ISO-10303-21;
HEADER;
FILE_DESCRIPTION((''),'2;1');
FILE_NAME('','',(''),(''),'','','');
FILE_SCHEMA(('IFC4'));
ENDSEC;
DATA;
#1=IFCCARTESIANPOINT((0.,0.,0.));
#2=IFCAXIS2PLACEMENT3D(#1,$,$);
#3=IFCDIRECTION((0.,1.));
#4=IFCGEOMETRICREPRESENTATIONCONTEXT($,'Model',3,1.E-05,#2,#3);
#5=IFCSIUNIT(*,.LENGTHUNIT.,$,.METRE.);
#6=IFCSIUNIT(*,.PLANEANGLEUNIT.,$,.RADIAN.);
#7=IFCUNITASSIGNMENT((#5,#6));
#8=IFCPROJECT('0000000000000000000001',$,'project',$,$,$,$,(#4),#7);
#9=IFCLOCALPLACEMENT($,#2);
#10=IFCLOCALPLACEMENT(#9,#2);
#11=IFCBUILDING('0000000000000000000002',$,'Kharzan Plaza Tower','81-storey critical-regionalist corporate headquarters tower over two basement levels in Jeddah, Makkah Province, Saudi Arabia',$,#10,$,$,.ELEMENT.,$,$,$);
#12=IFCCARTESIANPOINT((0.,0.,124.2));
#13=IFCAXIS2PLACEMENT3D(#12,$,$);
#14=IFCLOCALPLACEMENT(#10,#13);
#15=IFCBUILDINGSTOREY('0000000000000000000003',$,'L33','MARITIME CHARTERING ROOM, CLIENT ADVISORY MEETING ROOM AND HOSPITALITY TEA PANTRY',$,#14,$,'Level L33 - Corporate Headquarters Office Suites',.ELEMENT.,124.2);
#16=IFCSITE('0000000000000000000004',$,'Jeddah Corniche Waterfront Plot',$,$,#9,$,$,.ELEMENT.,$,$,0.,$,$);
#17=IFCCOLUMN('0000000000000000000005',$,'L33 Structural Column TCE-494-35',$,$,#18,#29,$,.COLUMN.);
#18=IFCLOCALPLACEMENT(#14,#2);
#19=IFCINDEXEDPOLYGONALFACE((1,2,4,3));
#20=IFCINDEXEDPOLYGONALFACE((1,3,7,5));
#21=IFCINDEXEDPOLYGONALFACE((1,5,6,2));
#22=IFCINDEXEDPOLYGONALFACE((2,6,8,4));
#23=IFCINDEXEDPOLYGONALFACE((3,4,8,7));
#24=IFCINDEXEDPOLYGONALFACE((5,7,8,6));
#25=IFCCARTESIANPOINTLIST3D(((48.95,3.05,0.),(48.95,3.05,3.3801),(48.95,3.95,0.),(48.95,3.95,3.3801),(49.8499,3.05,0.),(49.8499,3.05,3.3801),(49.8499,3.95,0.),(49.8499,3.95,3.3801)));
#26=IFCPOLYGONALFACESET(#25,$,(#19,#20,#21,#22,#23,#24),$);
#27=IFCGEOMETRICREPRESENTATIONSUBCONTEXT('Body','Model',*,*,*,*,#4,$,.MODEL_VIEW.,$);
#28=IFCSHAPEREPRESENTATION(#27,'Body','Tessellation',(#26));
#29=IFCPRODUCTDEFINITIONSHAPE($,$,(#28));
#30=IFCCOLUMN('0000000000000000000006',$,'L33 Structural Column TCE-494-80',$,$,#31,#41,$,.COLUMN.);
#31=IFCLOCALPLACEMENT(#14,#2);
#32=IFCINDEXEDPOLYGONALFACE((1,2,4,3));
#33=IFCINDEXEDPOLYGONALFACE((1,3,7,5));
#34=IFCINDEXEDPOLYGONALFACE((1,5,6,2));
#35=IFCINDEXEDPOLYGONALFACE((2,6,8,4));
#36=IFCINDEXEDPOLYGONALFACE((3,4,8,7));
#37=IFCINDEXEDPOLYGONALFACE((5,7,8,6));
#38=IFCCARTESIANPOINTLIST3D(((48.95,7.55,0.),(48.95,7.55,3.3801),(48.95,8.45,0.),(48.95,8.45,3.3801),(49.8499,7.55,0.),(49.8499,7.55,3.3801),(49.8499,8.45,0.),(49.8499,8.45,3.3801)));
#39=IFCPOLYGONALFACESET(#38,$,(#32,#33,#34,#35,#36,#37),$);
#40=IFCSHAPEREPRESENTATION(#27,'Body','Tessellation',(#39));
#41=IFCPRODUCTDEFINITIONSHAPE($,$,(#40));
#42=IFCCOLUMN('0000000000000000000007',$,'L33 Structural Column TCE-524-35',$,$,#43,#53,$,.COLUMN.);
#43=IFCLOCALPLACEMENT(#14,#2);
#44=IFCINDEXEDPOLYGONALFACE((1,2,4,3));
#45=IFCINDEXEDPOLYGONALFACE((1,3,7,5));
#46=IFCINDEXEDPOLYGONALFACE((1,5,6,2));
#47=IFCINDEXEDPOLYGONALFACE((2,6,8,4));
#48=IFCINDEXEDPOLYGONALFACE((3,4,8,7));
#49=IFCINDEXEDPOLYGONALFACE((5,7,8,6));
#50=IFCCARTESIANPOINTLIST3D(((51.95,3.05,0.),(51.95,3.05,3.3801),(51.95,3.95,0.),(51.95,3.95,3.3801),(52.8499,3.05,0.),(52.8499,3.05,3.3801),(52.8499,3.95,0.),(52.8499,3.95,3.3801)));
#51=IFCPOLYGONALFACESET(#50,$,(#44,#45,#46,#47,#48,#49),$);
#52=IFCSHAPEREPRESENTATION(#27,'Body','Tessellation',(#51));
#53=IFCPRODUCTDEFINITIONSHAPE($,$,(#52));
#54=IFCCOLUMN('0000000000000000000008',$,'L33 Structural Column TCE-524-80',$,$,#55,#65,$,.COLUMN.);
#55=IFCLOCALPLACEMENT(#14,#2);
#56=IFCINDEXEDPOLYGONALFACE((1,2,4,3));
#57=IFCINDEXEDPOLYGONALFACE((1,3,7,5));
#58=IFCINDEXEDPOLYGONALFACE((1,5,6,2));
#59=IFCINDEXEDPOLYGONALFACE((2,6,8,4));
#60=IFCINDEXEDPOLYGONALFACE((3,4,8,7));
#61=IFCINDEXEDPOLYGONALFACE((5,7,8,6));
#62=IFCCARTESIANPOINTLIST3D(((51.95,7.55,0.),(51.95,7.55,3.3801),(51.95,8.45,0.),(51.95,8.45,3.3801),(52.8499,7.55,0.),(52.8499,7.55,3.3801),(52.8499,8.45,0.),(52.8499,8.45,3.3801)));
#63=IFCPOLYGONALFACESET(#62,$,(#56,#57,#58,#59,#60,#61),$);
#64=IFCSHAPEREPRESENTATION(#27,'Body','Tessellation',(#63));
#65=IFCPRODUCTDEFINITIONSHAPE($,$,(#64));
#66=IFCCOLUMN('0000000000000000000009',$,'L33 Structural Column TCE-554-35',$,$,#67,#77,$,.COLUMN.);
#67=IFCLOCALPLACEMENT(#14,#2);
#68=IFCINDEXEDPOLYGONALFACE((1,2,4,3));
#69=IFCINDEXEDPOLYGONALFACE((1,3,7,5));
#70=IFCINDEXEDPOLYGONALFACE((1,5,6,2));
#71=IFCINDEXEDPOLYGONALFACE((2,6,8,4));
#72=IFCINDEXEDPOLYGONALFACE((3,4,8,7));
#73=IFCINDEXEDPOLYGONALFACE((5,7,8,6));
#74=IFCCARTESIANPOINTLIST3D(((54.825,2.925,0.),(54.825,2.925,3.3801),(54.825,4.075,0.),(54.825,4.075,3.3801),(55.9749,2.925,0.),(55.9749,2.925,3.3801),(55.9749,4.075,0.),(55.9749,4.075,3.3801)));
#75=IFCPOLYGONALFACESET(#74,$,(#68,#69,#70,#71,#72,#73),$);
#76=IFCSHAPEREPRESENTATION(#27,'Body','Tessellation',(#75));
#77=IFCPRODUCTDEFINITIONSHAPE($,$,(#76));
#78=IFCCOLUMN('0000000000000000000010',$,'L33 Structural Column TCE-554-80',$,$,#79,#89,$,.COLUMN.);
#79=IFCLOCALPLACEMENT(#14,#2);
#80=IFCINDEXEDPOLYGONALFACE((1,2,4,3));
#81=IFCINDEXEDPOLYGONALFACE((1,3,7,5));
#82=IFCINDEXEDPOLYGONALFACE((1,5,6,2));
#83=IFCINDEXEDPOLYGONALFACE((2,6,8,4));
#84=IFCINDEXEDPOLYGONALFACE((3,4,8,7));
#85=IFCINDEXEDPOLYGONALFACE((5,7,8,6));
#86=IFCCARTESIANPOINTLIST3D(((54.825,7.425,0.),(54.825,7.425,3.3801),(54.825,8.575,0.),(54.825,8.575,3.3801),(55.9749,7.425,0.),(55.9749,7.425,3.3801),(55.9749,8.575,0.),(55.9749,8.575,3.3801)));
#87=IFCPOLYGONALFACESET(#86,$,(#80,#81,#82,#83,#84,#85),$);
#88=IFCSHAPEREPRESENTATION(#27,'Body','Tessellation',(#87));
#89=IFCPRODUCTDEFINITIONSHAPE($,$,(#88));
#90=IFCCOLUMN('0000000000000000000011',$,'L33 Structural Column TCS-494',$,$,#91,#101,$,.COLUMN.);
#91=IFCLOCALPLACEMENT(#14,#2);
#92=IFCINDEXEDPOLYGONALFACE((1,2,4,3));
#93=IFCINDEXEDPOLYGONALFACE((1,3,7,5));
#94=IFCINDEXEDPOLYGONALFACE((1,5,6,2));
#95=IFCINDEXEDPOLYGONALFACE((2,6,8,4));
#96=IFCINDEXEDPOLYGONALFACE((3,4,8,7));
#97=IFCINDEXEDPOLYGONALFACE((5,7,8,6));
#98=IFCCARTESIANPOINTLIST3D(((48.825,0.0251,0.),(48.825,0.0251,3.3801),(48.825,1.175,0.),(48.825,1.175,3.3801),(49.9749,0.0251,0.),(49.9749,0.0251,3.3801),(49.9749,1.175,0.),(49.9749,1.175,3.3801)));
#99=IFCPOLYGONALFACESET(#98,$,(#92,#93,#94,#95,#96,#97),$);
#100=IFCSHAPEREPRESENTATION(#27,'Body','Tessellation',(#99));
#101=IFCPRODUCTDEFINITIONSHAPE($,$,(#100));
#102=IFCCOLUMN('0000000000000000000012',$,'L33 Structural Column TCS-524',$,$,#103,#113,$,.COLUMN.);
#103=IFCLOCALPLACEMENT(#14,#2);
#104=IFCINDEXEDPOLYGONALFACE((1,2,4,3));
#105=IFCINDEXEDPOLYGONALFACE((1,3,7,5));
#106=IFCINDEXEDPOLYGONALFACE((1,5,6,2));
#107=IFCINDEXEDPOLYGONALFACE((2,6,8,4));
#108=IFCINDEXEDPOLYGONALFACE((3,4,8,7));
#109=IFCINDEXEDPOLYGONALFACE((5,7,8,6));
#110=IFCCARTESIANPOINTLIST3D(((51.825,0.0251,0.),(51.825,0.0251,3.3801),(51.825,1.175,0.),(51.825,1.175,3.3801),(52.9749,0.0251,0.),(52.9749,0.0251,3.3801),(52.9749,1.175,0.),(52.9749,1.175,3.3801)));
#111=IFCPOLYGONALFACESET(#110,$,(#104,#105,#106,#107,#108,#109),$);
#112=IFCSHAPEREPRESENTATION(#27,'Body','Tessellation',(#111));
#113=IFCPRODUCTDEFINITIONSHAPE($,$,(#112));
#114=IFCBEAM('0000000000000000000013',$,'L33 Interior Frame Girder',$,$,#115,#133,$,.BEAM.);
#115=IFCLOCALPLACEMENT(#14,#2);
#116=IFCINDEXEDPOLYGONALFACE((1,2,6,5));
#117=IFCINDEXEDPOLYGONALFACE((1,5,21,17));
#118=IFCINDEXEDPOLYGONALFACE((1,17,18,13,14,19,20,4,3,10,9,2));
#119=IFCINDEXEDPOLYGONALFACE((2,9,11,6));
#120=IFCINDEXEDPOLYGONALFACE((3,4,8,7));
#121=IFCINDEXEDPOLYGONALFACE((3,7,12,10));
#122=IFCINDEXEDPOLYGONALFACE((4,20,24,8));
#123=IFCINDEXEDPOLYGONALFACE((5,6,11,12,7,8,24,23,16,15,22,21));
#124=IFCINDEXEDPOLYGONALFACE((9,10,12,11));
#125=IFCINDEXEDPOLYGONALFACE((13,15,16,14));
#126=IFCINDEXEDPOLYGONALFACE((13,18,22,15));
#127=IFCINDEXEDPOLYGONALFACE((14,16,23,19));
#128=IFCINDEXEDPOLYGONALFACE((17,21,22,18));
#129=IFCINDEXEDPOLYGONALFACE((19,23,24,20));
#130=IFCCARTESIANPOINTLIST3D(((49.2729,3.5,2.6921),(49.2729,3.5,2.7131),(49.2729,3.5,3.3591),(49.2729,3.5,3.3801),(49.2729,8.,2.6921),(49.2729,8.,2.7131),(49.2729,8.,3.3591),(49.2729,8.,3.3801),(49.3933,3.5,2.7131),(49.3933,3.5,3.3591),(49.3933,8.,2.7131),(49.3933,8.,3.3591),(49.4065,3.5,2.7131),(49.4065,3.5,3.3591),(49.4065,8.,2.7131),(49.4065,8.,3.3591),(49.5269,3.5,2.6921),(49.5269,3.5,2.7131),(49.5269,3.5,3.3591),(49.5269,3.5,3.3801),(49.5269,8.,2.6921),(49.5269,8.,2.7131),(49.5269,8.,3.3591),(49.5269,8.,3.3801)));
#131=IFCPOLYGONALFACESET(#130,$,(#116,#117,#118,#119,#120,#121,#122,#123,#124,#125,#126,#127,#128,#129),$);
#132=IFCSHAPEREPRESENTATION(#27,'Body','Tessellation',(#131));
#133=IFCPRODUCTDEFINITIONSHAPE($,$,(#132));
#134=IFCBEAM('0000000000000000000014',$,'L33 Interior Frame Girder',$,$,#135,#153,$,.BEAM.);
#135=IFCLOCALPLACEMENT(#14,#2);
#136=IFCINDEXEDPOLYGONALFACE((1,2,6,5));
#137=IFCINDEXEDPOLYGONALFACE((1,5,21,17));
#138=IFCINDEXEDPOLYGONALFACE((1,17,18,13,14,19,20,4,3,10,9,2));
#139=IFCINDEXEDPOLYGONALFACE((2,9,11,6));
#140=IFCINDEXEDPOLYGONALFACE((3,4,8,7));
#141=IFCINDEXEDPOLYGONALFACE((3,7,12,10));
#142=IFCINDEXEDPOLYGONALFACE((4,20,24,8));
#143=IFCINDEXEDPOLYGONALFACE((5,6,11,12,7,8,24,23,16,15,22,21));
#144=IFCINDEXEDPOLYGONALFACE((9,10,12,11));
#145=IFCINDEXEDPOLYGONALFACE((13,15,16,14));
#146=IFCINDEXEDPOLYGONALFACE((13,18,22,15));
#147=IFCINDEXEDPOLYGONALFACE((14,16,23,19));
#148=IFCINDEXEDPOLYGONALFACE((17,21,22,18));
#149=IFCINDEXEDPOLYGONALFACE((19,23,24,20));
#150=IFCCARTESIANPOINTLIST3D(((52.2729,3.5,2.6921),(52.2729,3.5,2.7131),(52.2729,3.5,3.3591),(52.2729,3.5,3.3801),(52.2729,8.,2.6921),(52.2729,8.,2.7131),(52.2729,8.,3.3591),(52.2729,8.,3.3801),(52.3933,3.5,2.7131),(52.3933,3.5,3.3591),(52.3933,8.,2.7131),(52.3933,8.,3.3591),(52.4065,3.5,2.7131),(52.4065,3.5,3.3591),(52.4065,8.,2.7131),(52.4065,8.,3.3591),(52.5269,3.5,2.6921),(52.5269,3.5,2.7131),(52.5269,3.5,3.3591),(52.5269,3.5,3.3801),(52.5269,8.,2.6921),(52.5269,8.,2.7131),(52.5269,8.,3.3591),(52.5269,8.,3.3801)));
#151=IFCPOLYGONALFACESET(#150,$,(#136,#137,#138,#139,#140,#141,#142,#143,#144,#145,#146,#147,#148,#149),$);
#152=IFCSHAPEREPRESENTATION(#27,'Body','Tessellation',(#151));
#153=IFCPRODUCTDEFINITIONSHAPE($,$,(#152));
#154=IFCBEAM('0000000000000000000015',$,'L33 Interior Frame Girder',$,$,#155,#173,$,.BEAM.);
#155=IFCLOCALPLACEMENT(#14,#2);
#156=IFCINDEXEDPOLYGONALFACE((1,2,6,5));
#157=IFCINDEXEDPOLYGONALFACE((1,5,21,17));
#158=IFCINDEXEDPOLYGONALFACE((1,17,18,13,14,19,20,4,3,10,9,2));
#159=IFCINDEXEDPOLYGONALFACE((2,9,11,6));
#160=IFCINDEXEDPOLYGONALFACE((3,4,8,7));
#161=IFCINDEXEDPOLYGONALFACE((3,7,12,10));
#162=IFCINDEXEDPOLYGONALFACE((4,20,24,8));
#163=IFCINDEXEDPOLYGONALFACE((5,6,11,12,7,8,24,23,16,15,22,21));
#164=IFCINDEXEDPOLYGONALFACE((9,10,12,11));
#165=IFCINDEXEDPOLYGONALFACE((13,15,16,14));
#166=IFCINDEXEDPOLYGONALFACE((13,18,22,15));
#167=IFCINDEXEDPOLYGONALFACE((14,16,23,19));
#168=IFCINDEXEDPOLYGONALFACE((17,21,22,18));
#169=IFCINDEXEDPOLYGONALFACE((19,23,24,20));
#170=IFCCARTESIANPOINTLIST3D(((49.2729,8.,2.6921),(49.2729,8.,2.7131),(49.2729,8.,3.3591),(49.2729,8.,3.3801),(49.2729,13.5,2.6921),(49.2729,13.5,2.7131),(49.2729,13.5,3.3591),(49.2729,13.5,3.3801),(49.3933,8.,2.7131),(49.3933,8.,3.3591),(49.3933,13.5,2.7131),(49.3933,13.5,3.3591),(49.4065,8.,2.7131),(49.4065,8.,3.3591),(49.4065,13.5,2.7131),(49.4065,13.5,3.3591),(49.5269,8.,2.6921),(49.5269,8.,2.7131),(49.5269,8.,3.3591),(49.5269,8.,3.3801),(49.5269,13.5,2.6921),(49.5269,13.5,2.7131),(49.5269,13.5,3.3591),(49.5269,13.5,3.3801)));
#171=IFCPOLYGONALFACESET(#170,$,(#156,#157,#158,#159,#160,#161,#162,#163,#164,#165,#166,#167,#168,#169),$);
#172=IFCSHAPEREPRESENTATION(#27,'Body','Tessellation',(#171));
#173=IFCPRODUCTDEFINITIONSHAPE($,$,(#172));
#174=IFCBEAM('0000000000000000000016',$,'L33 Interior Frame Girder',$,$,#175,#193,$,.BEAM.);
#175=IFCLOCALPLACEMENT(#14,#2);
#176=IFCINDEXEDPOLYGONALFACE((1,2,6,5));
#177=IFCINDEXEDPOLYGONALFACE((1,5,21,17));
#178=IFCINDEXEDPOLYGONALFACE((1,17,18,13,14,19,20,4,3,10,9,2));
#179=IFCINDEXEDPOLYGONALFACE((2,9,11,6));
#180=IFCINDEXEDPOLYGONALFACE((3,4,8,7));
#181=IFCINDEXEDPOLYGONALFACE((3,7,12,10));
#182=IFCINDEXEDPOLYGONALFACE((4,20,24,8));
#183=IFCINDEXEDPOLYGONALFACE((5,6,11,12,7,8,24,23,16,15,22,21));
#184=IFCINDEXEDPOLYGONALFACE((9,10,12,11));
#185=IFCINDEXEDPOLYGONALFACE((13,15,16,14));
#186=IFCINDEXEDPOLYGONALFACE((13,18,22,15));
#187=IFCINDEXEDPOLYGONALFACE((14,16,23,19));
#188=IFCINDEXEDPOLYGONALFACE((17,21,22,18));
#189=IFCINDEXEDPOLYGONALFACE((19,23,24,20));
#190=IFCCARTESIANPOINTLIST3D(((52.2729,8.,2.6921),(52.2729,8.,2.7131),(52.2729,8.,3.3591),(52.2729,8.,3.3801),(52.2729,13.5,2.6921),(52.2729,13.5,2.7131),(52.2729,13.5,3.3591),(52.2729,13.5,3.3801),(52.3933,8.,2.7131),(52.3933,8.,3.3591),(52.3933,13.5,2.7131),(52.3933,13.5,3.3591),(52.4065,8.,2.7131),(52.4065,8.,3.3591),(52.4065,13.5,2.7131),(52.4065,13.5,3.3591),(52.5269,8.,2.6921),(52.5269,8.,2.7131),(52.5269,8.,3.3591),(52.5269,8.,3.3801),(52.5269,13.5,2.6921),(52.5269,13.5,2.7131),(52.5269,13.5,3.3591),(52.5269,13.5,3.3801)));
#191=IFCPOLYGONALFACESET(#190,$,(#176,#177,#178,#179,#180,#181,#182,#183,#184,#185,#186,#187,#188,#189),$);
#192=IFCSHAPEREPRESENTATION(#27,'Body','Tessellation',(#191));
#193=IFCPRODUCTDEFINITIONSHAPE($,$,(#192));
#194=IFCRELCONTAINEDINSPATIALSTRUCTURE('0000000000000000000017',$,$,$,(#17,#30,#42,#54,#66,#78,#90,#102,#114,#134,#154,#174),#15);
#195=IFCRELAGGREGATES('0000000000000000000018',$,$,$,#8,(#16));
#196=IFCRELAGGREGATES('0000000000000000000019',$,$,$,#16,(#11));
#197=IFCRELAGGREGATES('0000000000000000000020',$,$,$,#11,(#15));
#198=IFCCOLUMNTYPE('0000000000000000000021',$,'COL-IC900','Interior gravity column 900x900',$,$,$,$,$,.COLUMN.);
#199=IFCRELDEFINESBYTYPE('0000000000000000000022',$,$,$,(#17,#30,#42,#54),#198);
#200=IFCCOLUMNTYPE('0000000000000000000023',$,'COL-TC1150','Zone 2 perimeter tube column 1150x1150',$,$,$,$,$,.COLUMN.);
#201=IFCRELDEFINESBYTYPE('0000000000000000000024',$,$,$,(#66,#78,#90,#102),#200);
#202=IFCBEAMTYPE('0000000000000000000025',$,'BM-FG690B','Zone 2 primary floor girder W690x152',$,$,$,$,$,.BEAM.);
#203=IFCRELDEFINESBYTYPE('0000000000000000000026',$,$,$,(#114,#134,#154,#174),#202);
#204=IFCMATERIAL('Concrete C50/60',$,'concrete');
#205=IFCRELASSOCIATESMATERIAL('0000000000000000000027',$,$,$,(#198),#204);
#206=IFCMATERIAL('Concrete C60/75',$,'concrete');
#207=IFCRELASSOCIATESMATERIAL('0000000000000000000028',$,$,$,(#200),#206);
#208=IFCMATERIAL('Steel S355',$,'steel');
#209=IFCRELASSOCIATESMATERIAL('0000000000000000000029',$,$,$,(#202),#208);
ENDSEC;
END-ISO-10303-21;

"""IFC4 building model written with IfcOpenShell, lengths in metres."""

from ifc_helpers import new_model, si_unit, direction, frame, origin, origin_2d, place, context, subcontext, project, spatial, rectangle, i_section, extrude, source, transform, mapped, material, material_profile, profile_set, type_object, element, save


model = new_model("IFC4")

# Units and contexts
model_context = context("Model", 3, precision=1e-05, world=origin(), true_north=direction((0.0, 1.0)))
body_context = subcontext(model_context, "Body", "Model", "MODEL_VIEW")
ifc_project = project(units=[si_unit("LENGTHUNIT", "METRE"), si_unit("PLANEANGLEUNIT", "RADIAN")], contexts=[model_context])

# Site, building, storey
site_placement = place(None, origin())
site = spatial("IfcSite", under=ifc_project, at=site_placement, Name="Jeddah Corniche Waterfront Plot", CompositionType="ELEMENT", RefElevation=0.0)
building_placement = place(site_placement, origin())
building = spatial("IfcBuilding", under=site, at=building_placement, Name="Kharzan Plaza Tower", Description="81-storey critical-regionalist corporate headquarters tower over two basement levels in Jeddah, Makkah Province, Saudi Arabia", CompositionType="ELEMENT")
storey_placement = place(building_placement, frame((0.0, 0.0, 124.2)))
storey = spatial("IfcBuildingStorey", under=building, at=storey_placement, Name="L33", Description="MARITIME CHARTERING ROOM, CLIENT ADVISORY MEETING ROOM AND HOSPITALITY TEA PANTRY", LongName="Level L33 - Corporate Headquarters Office Suites", CompositionType="ELEMENT", Elevation=124.2)

# Columns
ifc_material_1 = material(Name="Concrete C50/60", Category="concrete")
ifc_material_profile_1 = material_profile(ifc_material_1, rectangle(XDim=0.8999, YDim=0.8999, at=origin_2d()), Name="RC-IC900x900")
ifc_profile_set_1 = profile_set([ifc_material_profile_1], Name="Concrete C50/60")
column_type_1 = type_object("IfcColumnType", Name="COL-IC900", Description="Interior gravity column 900x900", PredefinedType="COLUMN", material=ifc_profile_set_1)
shared_shape_1 = source(origin(), body_context, "Body", "SweptSolid", [
    extrude(rectangle(XDim=0.8999, YDim=0.8999, at=origin_2d()), origin(), (0.0, 0.0, 1.0), 3.3801),
])
for number, where, z_axis, x_axis, name in (
    (1, (49.3999, 3.5, 0.0), (0.0, 0.0, 1.0), (1.0, 0.0, 0.0), "L33 Structural Column TCE-494-35"),
    (2, (49.3999, 8.0, 0.0), (0.0, 0.0, 1.0), (1.0, 0.0, 0.0), "L33 Structural Column TCE-494-80"),
    (3, (52.3999, 3.5, 0.0), (0.0, 0.0, 1.0), (1.0, 0.0, 0.0), "L33 Structural Column TCE-524-35"),
    (4, (52.3999, 8.0, 0.0), (0.0, 0.0, 1.0), (1.0, 0.0, 0.0), "L33 Structural Column TCE-524-80"),
):
    element("IfcColumn", number, at=place(storey_placement, frame(where, z_axis=z_axis, x_axis=x_axis)), inside=storey, type_object=column_type_1, Name=name, PredefinedType="COLUMN", context=body_context, shape_type="MappedRepresentation", body=[
        mapped(shared_shape_1, transform((0.0, 0.0, 0.0), x_axis=(1.0, 0.0, 0.0), y_axis=(0.0, 1.0, 0.0), z_axis=(0.0, 0.0, 1.0))),
    ])
ifc_material_2 = material(Name="Concrete C60/75", Category="concrete")
ifc_material_profile_2 = material_profile(ifc_material_2, rectangle(XDim=1.1499, YDim=1.1499, at=origin_2d()), Name="RC-TC1150x1150")
ifc_profile_set_2 = profile_set([ifc_material_profile_2], Name="Concrete C60/75")
column_type_2 = type_object("IfcColumnType", Name="COL-TC1150", Description="Zone 2 perimeter tube column 1150x1150", PredefinedType="COLUMN", material=ifc_profile_set_2)
shared_shape_2 = source(origin(), body_context, "Body", "SweptSolid", [
    extrude(rectangle(XDim=1.1499, YDim=1.1499, at=origin_2d()), origin(), (0.0, 0.0, 1.0), 3.3801),
])
for number, where, z_axis, x_axis, name in (
    (5, (55.3999, 3.5, 0.0), (0.0, 0.0, 1.0), (1.0, 0.0, 0.0), "L33 Structural Column TCE-554-35"),
    (6, (55.3999, 8.0, 0.0), (0.0, 0.0, 1.0), (1.0, 0.0, 0.0), "L33 Structural Column TCE-554-80"),
    (7, (49.3999, 0.6001, 0.0), (0.0, 0.0, 1.0), (1.0, 0.0, 0.0), "L33 Structural Column TCS-494"),
    (8, (52.3999, 0.6001, 0.0), (0.0, 0.0, 1.0), (1.0, 0.0, 0.0), "L33 Structural Column TCS-524"),
):
    element("IfcColumn", number, at=place(storey_placement, frame(where, z_axis=z_axis, x_axis=x_axis)), inside=storey, type_object=column_type_2, Name=name, PredefinedType="COLUMN", context=body_context, shape_type="MappedRepresentation", body=[
        mapped(shared_shape_2, transform((0.0, 0.0, 0.0), x_axis=(1.0, 0.0, 0.0), y_axis=(0.0, 1.0, 0.0), z_axis=(0.0, 0.0, 1.0))),
    ])

# Beams
ifc_material_3 = material(Name="Steel S355", Category="steel")
ifc_material_profile_3 = material_profile(ifc_material_3, i_section(OverallWidth=0.2539, OverallDepth=0.688, WebThickness=0.0132, FlangeThickness=0.021, at=origin_2d()), Name="W690x152")
ifc_profile_set_3 = profile_set([ifc_material_profile_3], Name="Steel S355")
beam_type_1 = type_object("IfcBeamType", Name="BM-FG690B", Description="Zone 2 primary floor girder W690x152", PredefinedType="BEAM", material=ifc_profile_set_3)
shared_shape_3 = source(origin(), body_context, "Body", "SweptSolid", [
    extrude(i_section(OverallWidth=0.2539, OverallDepth=0.688, WebThickness=0.0132, FlangeThickness=0.021, at=origin_2d()), origin(), (0.0, 0.0, 1.0), 4.5),
])
for number, where, z_axis, x_axis, name in (
    (9, (49.3999, 3.5, 3.0361), (0.0, 1.0, 0.0), (-1.0, 0.0, 0.0), "L33 Interior Frame Girder"),
    (10, (52.3999, 3.5, 3.0361), (0.0, 1.0, 0.0), (-1.0, 0.0, 0.0), "L33 Interior Frame Girder"),
):
    element("IfcBeam", number, at=place(storey_placement, frame(where, z_axis=z_axis, x_axis=x_axis)), inside=storey, type_object=beam_type_1, Name=name, PredefinedType="BEAM", context=body_context, shape_type="MappedRepresentation", body=[
        mapped(shared_shape_3, transform((0.0, 0.0, 0.0), x_axis=(1.0, 0.0, 0.0), y_axis=(0.0, 1.0, 0.0), z_axis=(0.0, 0.0, 1.0))),
    ])
shared_shape_4 = source(origin(), body_context, "Body", "SweptSolid", [
    extrude(i_section(OverallWidth=0.2539, OverallDepth=0.688, WebThickness=0.0132, FlangeThickness=0.021, at=origin_2d()), origin(), (0.0, 0.0, 1.0), 5.5),
])
for number, where, z_axis, x_axis, name in (
    (11, (49.3999, 8.0, 3.0361), (0.0, 1.0, 0.0), (-1.0, 0.0, 0.0), "L33 Interior Frame Girder"),
    (12, (52.3999, 8.0, 3.0361), (0.0, 1.0, 0.0), (-1.0, 0.0, 0.0), "L33 Interior Frame Girder"),
):
    element("IfcBeam", number, at=place(storey_placement, frame(where, z_axis=z_axis, x_axis=x_axis)), inside=storey, type_object=beam_type_1, Name=name, PredefinedType="BEAM", context=body_context, shape_type="MappedRepresentation", body=[
        mapped(shared_shape_4, transform((0.0, 0.0, 0.0), x_axis=(1.0, 0.0, 0.0), y_axis=(0.0, 1.0, 0.0), z_axis=(0.0, 0.0, 1.0))),
    ])

save(model, "model.ifc")
